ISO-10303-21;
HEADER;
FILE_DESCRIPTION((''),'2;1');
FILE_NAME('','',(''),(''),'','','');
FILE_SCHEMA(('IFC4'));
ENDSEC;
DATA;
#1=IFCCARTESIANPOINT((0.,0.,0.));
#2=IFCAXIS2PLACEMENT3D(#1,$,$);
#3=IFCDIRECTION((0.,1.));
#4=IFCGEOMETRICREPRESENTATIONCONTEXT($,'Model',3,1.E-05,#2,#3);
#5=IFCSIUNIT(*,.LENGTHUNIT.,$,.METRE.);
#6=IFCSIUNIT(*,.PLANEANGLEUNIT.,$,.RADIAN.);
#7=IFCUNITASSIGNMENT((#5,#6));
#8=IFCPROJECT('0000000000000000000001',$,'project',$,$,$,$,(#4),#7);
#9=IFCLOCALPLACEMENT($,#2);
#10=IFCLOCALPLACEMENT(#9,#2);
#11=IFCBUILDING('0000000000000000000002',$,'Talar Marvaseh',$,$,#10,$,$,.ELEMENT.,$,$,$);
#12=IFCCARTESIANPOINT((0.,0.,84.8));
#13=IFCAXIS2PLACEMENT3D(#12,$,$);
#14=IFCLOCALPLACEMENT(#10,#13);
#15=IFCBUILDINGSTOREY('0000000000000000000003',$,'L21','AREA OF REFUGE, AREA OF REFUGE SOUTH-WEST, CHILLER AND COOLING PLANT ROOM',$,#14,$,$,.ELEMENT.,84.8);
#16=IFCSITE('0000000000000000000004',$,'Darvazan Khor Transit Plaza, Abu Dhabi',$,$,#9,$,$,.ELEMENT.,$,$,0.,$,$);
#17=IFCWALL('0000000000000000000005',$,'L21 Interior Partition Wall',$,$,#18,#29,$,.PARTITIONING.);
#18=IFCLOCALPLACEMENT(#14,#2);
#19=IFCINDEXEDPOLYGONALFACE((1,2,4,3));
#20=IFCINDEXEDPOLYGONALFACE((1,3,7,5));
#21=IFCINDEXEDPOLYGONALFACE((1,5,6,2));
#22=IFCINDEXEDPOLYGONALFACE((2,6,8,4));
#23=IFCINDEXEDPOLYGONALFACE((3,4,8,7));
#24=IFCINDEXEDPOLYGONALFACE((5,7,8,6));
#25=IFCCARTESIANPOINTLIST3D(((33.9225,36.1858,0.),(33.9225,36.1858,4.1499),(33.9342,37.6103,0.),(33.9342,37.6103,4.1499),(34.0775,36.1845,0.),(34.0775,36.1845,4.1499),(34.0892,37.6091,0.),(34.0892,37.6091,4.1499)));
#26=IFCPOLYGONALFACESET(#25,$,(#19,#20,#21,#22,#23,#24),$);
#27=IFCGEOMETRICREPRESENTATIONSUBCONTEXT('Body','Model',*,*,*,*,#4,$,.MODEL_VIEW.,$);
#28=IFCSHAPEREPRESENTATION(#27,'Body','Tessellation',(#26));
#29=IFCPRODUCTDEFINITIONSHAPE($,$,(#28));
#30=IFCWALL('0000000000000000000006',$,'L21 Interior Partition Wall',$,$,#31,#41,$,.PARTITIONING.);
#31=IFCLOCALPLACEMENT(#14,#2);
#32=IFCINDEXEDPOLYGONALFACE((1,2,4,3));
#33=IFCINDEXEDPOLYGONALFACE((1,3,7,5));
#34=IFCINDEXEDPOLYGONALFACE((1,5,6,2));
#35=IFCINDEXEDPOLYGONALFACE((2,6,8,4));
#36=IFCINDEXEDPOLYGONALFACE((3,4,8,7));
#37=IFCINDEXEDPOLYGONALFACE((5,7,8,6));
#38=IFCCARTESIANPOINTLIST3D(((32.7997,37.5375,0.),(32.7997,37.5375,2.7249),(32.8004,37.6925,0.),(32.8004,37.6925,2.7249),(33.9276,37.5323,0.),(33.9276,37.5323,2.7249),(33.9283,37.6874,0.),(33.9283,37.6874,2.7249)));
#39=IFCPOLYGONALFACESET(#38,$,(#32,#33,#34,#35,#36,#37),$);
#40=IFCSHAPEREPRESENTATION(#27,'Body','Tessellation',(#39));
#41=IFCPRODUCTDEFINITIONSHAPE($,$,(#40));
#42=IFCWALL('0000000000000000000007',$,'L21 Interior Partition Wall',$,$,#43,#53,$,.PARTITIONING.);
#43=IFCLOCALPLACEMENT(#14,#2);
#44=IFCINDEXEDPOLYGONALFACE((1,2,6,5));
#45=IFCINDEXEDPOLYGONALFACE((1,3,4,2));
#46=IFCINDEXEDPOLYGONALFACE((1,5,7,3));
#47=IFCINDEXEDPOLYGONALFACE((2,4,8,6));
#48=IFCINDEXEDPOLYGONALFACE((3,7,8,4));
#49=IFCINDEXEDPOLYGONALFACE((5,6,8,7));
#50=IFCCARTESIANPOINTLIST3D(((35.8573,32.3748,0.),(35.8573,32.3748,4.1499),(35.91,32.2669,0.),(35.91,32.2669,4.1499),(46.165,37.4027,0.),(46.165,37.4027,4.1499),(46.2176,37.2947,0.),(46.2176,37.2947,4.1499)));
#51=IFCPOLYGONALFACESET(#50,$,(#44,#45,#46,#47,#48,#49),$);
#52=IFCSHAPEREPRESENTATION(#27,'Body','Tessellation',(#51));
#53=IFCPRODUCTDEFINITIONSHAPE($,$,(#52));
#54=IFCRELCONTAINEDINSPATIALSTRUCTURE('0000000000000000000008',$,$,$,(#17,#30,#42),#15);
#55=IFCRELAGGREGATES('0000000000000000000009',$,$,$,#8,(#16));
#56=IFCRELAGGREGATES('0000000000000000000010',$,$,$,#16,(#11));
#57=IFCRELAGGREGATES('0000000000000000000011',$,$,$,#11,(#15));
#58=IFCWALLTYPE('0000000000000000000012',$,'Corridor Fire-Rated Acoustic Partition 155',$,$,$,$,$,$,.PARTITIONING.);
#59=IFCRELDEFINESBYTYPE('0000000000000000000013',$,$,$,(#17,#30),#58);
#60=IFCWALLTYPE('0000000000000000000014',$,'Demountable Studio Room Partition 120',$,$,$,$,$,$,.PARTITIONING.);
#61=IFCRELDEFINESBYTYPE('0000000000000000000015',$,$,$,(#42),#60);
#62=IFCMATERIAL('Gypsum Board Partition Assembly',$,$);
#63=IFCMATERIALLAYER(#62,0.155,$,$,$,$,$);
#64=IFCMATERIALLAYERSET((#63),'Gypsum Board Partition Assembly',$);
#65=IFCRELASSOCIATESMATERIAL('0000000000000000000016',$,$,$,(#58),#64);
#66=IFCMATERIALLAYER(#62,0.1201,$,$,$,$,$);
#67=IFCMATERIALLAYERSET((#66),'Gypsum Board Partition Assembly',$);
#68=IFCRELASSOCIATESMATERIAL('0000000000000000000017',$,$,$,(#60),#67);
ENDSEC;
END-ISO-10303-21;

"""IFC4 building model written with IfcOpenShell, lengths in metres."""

from ifc_helpers import new_model, si_unit, direction, frame, frame_2d, origin, place, context, subcontext, project, spatial, rectangle, extrude, material, layer, layer_set, type_object, element, save


model = new_model("IFC4")

# Units and contexts
model_context = context("Model", 3, precision=1e-05, world=origin(), true_north=direction((0.0, 1.0)))
body_context = subcontext(model_context, "Body", "Model", "MODEL_VIEW")
ifc_project = project(units=[si_unit("LENGTHUNIT", "METRE"), si_unit("PLANEANGLEUNIT", "RADIAN")], contexts=[model_context])

# Site, building, storey
site_placement = place(None, origin())
site = spatial("IfcSite", under=ifc_project, at=site_placement, Name="Darvazan Khor Transit Plaza, Abu Dhabi", CompositionType="ELEMENT", RefElevation=0.0)
building_placement = place(site_placement, origin())
building = spatial("IfcBuilding", under=site, at=building_placement, Name="Talar Marvaseh", CompositionType="ELEMENT")
storey_placement = place(building_placement, frame((0.0, 0.0, 84.8)))
storey = spatial("IfcBuildingStorey", under=building, at=storey_placement, Name="L21", Description="AREA OF REFUGE, AREA OF REFUGE SOUTH-WEST, CHILLER AND COOLING PLANT ROOM", CompositionType="ELEMENT", Elevation=84.8)

# Shared definitions
ifc_material_1 = material(Name="Gypsum Board Partition Assembly")
ifc_layer_1 = layer(ifc_material_1, 0.155)
ifc_layer_set_1 = layer_set([ifc_layer_1], Name="Gypsum Board Partition Assembly")
wall_type_1 = type_object("IfcWallType", Name="Corridor Fire-Rated Acoustic Partition 155", PredefinedType="PARTITIONING", material=ifc_layer_set_1)

# Walls
wall_1_placement = place(storey_placement, frame((34.0, 36.1851, 0.0), z_axis=(0.0, 0.0, 1.0), x_axis=(0.008226, 0.999966, 0.0)))
element("IfcWall", 1, at=wall_1_placement, inside=storey, type_object=wall_type_1, Name="L21 Interior Partition Wall", PredefinedType="PARTITIONING", context=body_context, shape_type="SweptSolid", body=[
    extrude(rectangle(XDim=1.4246, YDim=0.155, at=frame_2d((0.7124, 0.0))), origin(), (0.0, 0.0, 1.0), 4.1499),
])
wall_2_placement = place(storey_placement, frame((33.928, 37.6099, 0.0), z_axis=(0.0, 0.0, 1.0), x_axis=(-0.99999, 0.004545, 0.0)))
element("IfcWall", 2, at=wall_2_placement, inside=storey, type_object=wall_type_1, Name="L21 Interior Partition Wall", PredefinedType="PARTITIONING", context=body_context, shape_type="SweptSolid", body=[
    extrude(rectangle(XDim=1.1279, YDim=0.155, at=frame_2d((0.564, 0.0))), origin(), (0.0, 0.0, 1.0), 2.7249),
])
ifc_layer_2 = layer(ifc_material_1, 0.1201)
ifc_layer_set_2 = layer_set([ifc_layer_2], Name="Gypsum Board Partition Assembly")
wall_type_2 = type_object("IfcWallType", Name="Demountable Studio Room Partition 120", PredefinedType="PARTITIONING", material=ifc_layer_set_2)
wall_3_placement = place(storey_placement, frame((35.8835, 32.3208, 0.0), z_axis=(0.0, 0.0, 1.0), x_axis=(0.898778, 0.438404, 0.0)))
element("IfcWall", 3, at=wall_3_placement, inside=storey, type_object=wall_type_2, Name="L21 Interior Partition Wall", PredefinedType="PARTITIONING", context=body_context, shape_type="SweptSolid", body=[
    extrude(rectangle(XDim=11.4685, YDim=0.1201, at=frame_2d((5.7344, 0.0))), origin(), (0.0, 0.0, 1.0), 4.1499),
])

save(model, "model.ifc")
